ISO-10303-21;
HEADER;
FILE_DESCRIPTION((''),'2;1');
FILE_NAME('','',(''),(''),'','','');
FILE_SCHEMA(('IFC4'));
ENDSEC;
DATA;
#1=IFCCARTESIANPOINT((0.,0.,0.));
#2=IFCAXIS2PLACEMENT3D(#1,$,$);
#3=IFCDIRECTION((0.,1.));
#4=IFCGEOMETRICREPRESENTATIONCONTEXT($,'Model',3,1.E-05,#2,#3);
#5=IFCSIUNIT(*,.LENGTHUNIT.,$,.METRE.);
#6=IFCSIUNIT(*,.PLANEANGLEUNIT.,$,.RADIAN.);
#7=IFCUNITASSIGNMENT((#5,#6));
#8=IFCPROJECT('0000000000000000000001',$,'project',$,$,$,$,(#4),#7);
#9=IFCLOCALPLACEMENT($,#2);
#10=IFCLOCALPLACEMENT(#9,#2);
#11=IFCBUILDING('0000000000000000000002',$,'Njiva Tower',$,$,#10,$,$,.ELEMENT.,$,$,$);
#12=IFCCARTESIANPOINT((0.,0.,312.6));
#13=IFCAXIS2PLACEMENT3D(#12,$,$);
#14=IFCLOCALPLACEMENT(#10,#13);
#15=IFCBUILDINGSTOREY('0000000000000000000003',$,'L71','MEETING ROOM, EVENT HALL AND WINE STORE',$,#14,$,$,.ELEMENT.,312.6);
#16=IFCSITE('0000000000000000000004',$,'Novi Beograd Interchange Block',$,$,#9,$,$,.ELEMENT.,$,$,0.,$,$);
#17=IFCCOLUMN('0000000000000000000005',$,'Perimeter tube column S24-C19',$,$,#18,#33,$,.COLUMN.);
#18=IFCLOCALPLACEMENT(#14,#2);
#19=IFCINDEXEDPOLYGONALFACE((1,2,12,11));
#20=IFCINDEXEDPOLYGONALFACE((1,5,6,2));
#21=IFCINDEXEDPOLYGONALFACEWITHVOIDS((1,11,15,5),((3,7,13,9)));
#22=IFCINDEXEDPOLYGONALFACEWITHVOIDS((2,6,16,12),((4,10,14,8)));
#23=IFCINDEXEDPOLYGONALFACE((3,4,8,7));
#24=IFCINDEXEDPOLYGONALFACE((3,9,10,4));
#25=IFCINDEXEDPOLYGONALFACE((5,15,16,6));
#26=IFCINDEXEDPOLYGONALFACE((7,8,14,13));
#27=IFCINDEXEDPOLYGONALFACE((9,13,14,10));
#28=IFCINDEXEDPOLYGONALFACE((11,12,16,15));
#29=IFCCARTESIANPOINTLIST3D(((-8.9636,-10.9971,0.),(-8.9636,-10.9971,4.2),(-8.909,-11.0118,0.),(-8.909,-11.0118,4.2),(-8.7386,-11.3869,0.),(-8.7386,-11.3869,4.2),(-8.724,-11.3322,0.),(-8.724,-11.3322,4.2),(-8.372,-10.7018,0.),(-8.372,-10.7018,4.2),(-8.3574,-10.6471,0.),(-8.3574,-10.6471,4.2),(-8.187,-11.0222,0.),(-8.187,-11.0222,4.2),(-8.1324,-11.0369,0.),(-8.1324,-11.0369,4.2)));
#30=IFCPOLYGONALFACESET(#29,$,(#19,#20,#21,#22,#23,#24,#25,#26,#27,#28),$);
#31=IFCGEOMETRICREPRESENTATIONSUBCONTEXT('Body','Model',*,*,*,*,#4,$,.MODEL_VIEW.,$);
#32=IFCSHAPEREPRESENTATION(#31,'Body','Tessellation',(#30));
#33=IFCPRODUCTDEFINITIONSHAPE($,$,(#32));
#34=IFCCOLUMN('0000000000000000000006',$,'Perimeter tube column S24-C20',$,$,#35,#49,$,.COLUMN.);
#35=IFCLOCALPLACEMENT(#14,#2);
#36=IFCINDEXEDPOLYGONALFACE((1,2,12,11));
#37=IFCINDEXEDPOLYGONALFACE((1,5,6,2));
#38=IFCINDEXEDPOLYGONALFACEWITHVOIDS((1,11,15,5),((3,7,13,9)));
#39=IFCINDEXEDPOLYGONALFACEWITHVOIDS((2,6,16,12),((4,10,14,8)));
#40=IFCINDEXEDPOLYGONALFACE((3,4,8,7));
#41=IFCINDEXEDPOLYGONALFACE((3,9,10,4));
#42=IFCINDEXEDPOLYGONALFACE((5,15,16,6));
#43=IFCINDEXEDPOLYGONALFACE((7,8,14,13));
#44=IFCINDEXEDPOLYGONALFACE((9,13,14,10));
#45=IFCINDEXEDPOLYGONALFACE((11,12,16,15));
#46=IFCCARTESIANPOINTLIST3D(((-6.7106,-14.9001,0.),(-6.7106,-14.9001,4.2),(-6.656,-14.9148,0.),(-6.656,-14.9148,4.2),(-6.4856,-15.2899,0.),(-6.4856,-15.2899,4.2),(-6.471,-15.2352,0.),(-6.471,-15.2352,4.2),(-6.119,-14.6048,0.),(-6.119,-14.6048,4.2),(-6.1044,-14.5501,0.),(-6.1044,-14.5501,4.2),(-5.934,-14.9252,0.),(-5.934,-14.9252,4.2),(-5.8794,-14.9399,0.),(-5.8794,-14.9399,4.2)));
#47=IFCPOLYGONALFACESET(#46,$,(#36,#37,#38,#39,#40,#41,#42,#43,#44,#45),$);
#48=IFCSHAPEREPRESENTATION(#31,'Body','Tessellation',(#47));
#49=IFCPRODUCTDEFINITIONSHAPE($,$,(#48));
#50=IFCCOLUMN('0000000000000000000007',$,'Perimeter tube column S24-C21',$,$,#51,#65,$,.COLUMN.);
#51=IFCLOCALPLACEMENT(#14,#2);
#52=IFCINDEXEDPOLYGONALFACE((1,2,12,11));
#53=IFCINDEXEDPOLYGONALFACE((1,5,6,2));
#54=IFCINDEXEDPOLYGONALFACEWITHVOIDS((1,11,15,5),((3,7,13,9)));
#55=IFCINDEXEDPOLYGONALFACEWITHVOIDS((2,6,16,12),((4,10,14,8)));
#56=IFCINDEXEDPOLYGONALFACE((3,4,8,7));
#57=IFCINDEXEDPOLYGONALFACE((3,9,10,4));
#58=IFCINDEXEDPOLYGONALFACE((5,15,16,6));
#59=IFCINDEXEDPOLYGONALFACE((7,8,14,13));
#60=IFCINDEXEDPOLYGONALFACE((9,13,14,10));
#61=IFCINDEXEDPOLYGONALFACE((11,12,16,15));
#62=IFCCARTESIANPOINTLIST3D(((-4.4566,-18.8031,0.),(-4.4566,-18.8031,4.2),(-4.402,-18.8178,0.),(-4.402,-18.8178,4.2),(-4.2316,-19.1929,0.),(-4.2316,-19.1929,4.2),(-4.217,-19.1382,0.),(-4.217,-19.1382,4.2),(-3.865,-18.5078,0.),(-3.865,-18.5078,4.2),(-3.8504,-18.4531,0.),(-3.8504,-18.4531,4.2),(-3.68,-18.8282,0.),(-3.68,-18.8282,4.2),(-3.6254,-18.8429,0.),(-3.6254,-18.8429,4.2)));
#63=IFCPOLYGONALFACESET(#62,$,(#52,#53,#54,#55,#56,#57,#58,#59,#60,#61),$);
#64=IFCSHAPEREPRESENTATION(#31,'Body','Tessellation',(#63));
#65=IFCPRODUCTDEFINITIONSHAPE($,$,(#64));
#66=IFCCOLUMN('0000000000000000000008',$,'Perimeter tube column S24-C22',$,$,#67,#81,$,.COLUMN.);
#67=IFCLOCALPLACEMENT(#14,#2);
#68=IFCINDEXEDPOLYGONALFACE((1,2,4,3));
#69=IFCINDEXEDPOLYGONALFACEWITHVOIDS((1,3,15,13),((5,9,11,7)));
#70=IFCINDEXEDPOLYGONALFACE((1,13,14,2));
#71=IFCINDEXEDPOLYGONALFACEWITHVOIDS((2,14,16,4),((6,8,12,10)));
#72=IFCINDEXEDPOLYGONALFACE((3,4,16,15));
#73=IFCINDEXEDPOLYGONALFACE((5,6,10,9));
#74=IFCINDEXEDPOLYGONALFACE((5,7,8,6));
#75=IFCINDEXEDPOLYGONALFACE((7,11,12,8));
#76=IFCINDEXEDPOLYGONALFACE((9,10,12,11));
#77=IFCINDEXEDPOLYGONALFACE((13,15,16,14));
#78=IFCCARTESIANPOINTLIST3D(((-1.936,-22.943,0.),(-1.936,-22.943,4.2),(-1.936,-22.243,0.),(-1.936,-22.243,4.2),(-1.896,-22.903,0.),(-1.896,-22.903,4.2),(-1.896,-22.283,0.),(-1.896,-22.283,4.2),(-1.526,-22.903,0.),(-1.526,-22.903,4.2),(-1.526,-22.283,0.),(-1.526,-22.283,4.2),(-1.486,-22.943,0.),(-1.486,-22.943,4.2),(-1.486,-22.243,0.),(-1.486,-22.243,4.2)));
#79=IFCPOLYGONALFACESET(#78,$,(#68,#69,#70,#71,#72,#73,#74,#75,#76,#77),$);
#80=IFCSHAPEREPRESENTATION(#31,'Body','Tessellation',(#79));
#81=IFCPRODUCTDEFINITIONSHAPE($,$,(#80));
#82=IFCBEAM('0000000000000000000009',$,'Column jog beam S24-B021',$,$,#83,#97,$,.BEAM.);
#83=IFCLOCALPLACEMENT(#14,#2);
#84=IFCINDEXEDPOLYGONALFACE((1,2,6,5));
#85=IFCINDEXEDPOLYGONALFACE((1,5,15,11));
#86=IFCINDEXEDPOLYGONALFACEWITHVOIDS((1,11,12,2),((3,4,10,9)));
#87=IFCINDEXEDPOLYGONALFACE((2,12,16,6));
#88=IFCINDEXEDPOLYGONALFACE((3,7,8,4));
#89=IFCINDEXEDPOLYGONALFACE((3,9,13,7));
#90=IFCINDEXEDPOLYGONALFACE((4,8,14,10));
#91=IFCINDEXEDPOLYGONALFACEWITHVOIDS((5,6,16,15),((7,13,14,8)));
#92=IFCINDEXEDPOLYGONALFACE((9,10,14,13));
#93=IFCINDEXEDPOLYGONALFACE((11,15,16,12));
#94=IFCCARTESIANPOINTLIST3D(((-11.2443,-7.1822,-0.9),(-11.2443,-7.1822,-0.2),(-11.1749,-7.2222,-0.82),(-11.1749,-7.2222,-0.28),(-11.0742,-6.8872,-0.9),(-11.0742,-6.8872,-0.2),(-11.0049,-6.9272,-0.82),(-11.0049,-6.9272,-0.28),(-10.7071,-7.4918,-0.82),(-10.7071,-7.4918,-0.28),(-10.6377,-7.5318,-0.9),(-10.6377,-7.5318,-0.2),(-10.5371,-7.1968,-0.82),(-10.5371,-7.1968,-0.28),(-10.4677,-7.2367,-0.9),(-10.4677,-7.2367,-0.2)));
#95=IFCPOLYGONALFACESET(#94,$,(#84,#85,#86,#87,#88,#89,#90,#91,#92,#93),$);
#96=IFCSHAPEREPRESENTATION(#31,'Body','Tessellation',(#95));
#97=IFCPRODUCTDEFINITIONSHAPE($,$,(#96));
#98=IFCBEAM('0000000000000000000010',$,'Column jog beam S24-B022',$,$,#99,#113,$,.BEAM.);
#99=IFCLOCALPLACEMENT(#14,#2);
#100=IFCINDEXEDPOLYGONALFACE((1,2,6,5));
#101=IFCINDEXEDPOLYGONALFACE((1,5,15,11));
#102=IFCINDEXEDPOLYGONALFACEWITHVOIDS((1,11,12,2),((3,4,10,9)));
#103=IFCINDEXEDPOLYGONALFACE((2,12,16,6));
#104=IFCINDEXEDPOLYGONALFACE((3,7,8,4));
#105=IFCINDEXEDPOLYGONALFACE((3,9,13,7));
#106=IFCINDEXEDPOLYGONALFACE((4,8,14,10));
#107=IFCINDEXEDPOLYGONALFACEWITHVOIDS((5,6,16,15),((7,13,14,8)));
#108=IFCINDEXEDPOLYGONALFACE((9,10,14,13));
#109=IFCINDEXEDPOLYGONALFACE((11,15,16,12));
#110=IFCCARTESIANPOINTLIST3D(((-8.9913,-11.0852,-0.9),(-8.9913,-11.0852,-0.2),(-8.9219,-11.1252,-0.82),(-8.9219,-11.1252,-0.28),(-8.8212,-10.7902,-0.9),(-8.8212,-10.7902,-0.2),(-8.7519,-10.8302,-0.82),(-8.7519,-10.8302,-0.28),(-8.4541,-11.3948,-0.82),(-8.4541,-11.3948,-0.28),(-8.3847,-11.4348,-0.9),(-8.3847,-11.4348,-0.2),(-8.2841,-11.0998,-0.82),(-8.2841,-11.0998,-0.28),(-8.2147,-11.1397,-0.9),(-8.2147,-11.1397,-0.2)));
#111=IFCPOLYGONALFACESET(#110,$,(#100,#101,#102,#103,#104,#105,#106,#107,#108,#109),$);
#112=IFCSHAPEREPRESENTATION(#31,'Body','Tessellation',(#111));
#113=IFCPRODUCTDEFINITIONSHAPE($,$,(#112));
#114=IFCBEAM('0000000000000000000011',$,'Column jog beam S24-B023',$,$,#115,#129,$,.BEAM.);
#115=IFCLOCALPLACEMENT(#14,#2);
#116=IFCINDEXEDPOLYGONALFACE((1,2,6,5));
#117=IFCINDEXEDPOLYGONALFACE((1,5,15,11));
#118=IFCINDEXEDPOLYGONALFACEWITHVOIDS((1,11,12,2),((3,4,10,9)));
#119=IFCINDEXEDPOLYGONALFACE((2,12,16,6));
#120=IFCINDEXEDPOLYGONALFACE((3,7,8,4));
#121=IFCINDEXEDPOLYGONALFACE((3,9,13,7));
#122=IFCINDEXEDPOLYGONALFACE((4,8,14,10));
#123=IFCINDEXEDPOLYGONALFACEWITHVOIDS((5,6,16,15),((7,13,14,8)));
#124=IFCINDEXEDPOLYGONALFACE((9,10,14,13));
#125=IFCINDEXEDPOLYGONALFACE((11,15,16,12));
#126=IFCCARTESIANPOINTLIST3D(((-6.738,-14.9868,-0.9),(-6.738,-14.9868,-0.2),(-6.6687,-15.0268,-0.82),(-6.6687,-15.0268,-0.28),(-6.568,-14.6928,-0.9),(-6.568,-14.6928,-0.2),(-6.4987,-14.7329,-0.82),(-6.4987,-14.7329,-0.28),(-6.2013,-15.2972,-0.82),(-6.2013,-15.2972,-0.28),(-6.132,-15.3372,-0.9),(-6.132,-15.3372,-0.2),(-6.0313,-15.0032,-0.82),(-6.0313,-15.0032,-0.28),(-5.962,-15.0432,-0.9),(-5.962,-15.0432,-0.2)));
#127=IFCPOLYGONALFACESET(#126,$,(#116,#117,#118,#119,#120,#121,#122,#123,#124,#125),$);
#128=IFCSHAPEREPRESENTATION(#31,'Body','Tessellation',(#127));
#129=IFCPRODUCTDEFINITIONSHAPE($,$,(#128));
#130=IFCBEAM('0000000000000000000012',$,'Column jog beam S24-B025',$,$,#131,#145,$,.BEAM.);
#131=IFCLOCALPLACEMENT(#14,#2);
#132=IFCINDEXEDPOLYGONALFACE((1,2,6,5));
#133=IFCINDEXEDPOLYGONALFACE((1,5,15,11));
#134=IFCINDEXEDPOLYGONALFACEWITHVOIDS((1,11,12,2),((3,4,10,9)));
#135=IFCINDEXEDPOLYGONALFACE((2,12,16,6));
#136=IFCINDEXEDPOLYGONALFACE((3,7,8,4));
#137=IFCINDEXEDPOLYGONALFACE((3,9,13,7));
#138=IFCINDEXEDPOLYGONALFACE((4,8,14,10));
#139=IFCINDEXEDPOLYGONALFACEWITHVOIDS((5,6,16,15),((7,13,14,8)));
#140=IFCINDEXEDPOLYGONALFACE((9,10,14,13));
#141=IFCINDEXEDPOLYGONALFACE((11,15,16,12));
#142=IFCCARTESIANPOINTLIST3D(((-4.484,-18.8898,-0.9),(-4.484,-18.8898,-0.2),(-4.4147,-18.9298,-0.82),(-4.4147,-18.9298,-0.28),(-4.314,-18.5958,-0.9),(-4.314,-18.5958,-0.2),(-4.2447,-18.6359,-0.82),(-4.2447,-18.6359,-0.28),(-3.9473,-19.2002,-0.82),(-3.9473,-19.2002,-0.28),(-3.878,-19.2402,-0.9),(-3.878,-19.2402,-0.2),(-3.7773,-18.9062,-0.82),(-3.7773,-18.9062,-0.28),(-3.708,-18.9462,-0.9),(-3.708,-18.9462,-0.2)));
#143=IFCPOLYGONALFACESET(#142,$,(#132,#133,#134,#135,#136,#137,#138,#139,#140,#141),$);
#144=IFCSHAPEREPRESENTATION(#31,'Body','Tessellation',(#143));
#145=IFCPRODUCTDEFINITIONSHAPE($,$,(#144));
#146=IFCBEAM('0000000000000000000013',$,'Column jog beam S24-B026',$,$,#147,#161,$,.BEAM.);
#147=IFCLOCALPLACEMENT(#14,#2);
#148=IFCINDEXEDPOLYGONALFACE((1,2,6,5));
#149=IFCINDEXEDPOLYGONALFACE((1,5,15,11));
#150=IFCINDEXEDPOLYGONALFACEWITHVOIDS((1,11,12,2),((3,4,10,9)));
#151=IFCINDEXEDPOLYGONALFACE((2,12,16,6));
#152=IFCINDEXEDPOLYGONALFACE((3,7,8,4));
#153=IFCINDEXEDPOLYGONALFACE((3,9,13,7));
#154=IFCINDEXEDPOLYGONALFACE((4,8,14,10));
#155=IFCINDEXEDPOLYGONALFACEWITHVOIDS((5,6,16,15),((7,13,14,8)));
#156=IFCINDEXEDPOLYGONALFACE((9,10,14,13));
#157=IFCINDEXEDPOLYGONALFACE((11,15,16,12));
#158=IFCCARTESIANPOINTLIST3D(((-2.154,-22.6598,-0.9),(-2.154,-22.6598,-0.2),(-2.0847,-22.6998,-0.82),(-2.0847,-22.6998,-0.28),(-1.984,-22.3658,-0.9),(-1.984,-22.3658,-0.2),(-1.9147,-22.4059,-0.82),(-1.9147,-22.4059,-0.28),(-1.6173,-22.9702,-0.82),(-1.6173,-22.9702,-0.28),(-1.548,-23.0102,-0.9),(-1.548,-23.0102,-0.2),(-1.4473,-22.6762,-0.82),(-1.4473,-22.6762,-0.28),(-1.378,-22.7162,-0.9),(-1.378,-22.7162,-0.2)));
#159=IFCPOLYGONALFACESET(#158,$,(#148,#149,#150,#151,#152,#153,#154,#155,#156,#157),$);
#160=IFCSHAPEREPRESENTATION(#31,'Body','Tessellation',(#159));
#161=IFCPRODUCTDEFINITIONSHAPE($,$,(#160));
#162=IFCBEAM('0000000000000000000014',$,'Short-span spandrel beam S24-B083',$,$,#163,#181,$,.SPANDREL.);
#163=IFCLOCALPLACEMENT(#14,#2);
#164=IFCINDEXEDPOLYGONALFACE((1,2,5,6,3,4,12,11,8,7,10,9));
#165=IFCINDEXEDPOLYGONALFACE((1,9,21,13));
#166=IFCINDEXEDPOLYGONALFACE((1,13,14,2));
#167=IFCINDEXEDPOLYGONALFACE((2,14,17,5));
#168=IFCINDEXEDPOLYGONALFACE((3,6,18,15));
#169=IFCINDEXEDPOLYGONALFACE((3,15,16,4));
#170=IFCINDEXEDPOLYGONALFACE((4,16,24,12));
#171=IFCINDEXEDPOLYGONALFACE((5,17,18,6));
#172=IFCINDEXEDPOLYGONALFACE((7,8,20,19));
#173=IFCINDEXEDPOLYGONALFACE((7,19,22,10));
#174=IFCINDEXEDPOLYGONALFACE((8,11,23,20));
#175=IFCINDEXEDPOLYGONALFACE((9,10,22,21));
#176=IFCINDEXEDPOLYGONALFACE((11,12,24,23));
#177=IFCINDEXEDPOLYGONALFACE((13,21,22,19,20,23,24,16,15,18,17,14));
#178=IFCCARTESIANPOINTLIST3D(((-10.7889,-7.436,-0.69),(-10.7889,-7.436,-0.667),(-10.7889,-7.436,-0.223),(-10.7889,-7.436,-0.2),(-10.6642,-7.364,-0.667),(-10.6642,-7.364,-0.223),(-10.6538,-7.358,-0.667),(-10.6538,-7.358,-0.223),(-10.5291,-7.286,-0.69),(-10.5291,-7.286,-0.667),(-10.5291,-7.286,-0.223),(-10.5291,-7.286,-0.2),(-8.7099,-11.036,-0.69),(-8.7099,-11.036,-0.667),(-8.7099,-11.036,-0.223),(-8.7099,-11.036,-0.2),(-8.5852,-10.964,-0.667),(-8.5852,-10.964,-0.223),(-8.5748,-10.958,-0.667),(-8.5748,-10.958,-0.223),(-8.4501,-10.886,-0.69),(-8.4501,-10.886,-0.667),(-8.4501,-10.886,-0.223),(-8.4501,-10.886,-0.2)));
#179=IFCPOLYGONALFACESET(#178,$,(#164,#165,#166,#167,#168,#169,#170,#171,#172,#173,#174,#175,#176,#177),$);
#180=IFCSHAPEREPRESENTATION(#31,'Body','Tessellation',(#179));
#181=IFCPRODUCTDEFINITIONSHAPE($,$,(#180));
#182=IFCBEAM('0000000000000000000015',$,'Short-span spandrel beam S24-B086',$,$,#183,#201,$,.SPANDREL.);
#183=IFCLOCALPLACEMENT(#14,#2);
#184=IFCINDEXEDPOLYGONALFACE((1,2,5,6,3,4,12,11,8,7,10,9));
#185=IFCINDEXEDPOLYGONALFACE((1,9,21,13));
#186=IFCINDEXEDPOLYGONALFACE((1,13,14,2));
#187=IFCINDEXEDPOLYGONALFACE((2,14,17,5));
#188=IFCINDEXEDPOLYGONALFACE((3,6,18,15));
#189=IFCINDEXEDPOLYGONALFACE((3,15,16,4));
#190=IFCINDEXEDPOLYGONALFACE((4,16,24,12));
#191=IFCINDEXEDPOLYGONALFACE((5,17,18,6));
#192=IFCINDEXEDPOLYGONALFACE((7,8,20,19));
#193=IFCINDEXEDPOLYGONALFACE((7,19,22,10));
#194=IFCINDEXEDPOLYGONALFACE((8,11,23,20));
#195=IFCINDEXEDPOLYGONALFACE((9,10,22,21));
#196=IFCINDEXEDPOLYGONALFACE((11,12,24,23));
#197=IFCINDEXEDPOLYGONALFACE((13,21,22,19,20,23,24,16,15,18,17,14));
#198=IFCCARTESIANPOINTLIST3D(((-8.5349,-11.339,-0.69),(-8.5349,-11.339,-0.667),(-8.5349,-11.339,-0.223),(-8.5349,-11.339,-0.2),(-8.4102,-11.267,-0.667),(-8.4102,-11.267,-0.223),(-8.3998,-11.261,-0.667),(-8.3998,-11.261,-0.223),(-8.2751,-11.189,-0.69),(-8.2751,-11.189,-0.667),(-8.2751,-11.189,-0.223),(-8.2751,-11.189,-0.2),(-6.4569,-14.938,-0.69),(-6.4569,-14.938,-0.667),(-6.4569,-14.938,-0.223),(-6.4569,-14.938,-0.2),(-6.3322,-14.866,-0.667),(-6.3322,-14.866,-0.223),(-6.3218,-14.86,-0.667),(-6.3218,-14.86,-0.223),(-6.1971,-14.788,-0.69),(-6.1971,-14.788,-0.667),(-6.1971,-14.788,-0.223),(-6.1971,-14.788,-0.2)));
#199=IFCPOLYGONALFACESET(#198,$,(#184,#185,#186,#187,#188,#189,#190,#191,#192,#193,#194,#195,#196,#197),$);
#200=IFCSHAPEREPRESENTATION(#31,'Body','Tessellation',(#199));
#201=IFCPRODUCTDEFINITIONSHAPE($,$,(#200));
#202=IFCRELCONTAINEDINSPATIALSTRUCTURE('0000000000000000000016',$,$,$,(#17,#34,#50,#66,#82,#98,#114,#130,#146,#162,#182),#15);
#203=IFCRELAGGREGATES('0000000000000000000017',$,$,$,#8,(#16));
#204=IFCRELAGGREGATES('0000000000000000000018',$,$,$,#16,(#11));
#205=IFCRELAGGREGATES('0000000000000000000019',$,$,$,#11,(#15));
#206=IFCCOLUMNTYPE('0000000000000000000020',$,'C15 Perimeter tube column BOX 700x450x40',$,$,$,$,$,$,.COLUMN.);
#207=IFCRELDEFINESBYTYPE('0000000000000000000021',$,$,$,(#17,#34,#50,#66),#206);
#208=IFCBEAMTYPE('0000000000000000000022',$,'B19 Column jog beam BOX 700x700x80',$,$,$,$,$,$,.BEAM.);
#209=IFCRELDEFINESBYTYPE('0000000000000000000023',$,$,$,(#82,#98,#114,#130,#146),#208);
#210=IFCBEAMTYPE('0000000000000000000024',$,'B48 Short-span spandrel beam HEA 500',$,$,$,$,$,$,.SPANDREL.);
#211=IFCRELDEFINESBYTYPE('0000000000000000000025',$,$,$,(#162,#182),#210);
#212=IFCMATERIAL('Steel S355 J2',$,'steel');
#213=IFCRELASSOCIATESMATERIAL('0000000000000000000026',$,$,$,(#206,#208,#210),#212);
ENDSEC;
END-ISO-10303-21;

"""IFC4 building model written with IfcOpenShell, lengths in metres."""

from ifc_helpers import new_model, si_unit, direction, frame, origin, origin_2d, place, context, subcontext, project, spatial, hollow_rectangle, i_section, extrude, material, material_profile, profile_set, type_object, element, save


model = new_model("IFC4")

# Units and contexts
model_context = context("Model", 3, precision=1e-05, world=origin(), true_north=direction((0.0, 1.0)))
body_context = subcontext(model_context, "Body", "Model", "MODEL_VIEW")
ifc_project = project(units=[si_unit("LENGTHUNIT", "METRE"), si_unit("PLANEANGLEUNIT", "RADIAN")], contexts=[model_context])

# Site, building, storey
site_placement = place(None, origin())
site = spatial("IfcSite", under=ifc_project, at=site_placement, Name="Novi Beograd Interchange Block", CompositionType="ELEMENT", RefElevation=0.0)
building_placement = place(site_placement, origin())
building = spatial("IfcBuilding", under=site, at=building_placement, Name="Njiva Tower", CompositionType="ELEMENT")
storey_placement = place(building_placement, frame((0.0, 0.0, 312.6)))
storey = spatial("IfcBuildingStorey", under=building, at=storey_placement, Name="L71", Description="MEETING ROOM, EVENT HALL AND WINE STORE", CompositionType="ELEMENT", Elevation=312.6)

# Columns
ifc_material_1 = material(Name="Steel S355 J2", Category="steel")
ifc_material_profile_1 = material_profile(ifc_material_1, hollow_rectangle(XDim=0.45, YDim=0.7, WallThickness=0.04, at=origin_2d()), Name="BOX 700x450x40")
ifc_profile_set_1 = profile_set([ifc_material_profile_1], Name="Steel S355 J2")
column_type = type_object("IfcColumnType", Name="C15 Perimeter tube column BOX 700x450x40", PredefinedType="COLUMN", material=ifc_profile_set_1)
for number, where, z_axis, x_axis, name in (
    (1, (-8.548, -11.017, 0.0), (0.0, 0.0, 1.0), (0.5, -0.866025, 0.0), "Perimeter tube column S24-C19"),
    (2, (-6.295, -14.92, 0.0), (0.0, 0.0, 1.0), (0.5, -0.866025, 0.0), "Perimeter tube column S24-C20"),
    (3, (-4.041, -18.823, 0.0), (0.0, 0.0, 1.0), (0.5, -0.866025, 0.0), "Perimeter tube column S24-C21"),
    (4, (-1.711, -22.593, 0.0), (0.0, 0.0, 1.0), (1.0, 0.0, 0.0), "Perimeter tube column S24-C22"),
):
    element("IfcColumn", number, at=place(storey_placement, frame(where, z_axis=z_axis, x_axis=x_axis)), inside=storey, type_object=column_type, Name=name, PredefinedType="COLUMN", context=body_context, shape_type="SweptSolid", body=[
        extrude(hollow_rectangle(XDim=0.45, YDim=0.7, WallThickness=0.04, at=origin_2d()), origin(), (0.0, 0.0, 1.0), 4.2),
    ])

# Beams
ifc_material_profile_2 = material_profile(ifc_material_1, hollow_rectangle(XDim=0.7, YDim=0.7, WallThickness=0.08, at=origin_2d()), Name="BOX 700x700x80")
ifc_profile_set_2 = profile_set([ifc_material_profile_2], Name="Steel S355 J2")
beam_type_1 = type_object("IfcBeamType", Name="B19 Column jog beam BOX 700x700x80", PredefinedType="BEAM", material=ifc_profile_set_2)
for number, where, z_axis, x_axis, name in (
    (5, (-10.941, -7.357, -0.55), (0.499299, 0.86643, 0.0), (-0.86643, 0.499299, 0.0), "Column jog beam S24-B021"),
    (6, (-8.688, -11.26, -0.55), (0.499299, 0.86643, 0.0), (-0.86643, 0.499299, 0.0), "Column jog beam S24-B022"),
):
    element("IfcBeam", number, at=place(storey_placement, frame(where, z_axis=z_axis, x_axis=x_axis)), inside=storey, type_object=beam_type_1, Name=name, PredefinedType="BEAM", context=body_context, shape_type="SweptSolid", body=[
        extrude(hollow_rectangle(XDim=0.7, YDim=0.7, WallThickness=0.08, at=origin_2d()), origin(), (0.0, 0.0, 1.0), 0.3405),
    ])
for number, where, z_axis, x_axis, name in (
    (7, (-6.435, -15.162, -0.55), (0.500572, 0.865695, 0.0), (-0.865695, 0.500572, 0.0), "Column jog beam S24-B023"),
    (8, (-4.181, -19.065, -0.55), (0.500572, 0.865695, 0.0), (-0.865695, 0.500572, 0.0), "Column jog beam S24-B025"),
    (9, (-1.851, -22.835, -0.55), (0.500572, 0.865695, 0.0), (-0.865695, 0.500572, 0.0), "Column jog beam S24-B026"),
):
    element("IfcBeam", number, at=place(storey_placement, frame(where, z_axis=z_axis, x_axis=x_axis)), inside=storey, type_object=beam_type_1, Name=name, PredefinedType="BEAM", context=body_context, shape_type="SweptSolid", body=[
        extrude(hollow_rectangle(XDim=0.7, YDim=0.7, WallThickness=0.08, at=origin_2d()), origin(), (0.0, 0.0, 1.0), 0.3396),
    ])
ifc_material_profile_3 = material_profile(ifc_material_1, i_section(OverallWidth=0.3, OverallDepth=0.49, WebThickness=0.012, FlangeThickness=0.023, at=origin_2d()), Name="HEA 500")
ifc_profile_set_3 = profile_set([ifc_material_profile_3], Name="Steel S355 J2")
beam_type_2 = type_object("IfcBeamType", Name="B48 Short-span spandrel beam HEA 500", PredefinedType="SPANDREL", material=ifc_profile_set_3)
beam_1_placement = place(storey_placement, frame((-10.659, -7.361, -0.445), z_axis=(0.500097, -0.865969, 0.0), x_axis=(0.865969, 0.500097, 0.0)))
element("IfcBeam", 10, at=beam_1_placement, inside=storey, type_object=beam_type_2, Name="Short-span spandrel beam S24-B083", PredefinedType="SPANDREL", context=body_context, shape_type="SweptSolid", body=[
    extrude(i_section(OverallWidth=0.3, OverallDepth=0.49, WebThickness=0.012, FlangeThickness=0.023, at=origin_2d()), origin(), (0.0, 0.0, 1.0), 4.1572),
])
beam_2_placement = place(storey_placement, frame((-8.405, -11.264, -0.445), z_axis=(0.500021, -0.866013, 0.0), x_axis=(0.866013, 0.500021, 0.0)))
element("IfcBeam", 11, at=beam_2_placement, inside=storey, type_object=beam_type_2, Name="Short-span spandrel beam S24-B086", PredefinedType="SPANDREL", context=body_context, shape_type="SweptSolid", body=[
    extrude(i_section(OverallWidth=0.3, OverallDepth=0.49, WebThickness=0.012, FlangeThickness=0.023, at=origin_2d()), origin(), (0.0, 0.0, 1.0), 4.1558),
])

save(model, "model.ifc")
